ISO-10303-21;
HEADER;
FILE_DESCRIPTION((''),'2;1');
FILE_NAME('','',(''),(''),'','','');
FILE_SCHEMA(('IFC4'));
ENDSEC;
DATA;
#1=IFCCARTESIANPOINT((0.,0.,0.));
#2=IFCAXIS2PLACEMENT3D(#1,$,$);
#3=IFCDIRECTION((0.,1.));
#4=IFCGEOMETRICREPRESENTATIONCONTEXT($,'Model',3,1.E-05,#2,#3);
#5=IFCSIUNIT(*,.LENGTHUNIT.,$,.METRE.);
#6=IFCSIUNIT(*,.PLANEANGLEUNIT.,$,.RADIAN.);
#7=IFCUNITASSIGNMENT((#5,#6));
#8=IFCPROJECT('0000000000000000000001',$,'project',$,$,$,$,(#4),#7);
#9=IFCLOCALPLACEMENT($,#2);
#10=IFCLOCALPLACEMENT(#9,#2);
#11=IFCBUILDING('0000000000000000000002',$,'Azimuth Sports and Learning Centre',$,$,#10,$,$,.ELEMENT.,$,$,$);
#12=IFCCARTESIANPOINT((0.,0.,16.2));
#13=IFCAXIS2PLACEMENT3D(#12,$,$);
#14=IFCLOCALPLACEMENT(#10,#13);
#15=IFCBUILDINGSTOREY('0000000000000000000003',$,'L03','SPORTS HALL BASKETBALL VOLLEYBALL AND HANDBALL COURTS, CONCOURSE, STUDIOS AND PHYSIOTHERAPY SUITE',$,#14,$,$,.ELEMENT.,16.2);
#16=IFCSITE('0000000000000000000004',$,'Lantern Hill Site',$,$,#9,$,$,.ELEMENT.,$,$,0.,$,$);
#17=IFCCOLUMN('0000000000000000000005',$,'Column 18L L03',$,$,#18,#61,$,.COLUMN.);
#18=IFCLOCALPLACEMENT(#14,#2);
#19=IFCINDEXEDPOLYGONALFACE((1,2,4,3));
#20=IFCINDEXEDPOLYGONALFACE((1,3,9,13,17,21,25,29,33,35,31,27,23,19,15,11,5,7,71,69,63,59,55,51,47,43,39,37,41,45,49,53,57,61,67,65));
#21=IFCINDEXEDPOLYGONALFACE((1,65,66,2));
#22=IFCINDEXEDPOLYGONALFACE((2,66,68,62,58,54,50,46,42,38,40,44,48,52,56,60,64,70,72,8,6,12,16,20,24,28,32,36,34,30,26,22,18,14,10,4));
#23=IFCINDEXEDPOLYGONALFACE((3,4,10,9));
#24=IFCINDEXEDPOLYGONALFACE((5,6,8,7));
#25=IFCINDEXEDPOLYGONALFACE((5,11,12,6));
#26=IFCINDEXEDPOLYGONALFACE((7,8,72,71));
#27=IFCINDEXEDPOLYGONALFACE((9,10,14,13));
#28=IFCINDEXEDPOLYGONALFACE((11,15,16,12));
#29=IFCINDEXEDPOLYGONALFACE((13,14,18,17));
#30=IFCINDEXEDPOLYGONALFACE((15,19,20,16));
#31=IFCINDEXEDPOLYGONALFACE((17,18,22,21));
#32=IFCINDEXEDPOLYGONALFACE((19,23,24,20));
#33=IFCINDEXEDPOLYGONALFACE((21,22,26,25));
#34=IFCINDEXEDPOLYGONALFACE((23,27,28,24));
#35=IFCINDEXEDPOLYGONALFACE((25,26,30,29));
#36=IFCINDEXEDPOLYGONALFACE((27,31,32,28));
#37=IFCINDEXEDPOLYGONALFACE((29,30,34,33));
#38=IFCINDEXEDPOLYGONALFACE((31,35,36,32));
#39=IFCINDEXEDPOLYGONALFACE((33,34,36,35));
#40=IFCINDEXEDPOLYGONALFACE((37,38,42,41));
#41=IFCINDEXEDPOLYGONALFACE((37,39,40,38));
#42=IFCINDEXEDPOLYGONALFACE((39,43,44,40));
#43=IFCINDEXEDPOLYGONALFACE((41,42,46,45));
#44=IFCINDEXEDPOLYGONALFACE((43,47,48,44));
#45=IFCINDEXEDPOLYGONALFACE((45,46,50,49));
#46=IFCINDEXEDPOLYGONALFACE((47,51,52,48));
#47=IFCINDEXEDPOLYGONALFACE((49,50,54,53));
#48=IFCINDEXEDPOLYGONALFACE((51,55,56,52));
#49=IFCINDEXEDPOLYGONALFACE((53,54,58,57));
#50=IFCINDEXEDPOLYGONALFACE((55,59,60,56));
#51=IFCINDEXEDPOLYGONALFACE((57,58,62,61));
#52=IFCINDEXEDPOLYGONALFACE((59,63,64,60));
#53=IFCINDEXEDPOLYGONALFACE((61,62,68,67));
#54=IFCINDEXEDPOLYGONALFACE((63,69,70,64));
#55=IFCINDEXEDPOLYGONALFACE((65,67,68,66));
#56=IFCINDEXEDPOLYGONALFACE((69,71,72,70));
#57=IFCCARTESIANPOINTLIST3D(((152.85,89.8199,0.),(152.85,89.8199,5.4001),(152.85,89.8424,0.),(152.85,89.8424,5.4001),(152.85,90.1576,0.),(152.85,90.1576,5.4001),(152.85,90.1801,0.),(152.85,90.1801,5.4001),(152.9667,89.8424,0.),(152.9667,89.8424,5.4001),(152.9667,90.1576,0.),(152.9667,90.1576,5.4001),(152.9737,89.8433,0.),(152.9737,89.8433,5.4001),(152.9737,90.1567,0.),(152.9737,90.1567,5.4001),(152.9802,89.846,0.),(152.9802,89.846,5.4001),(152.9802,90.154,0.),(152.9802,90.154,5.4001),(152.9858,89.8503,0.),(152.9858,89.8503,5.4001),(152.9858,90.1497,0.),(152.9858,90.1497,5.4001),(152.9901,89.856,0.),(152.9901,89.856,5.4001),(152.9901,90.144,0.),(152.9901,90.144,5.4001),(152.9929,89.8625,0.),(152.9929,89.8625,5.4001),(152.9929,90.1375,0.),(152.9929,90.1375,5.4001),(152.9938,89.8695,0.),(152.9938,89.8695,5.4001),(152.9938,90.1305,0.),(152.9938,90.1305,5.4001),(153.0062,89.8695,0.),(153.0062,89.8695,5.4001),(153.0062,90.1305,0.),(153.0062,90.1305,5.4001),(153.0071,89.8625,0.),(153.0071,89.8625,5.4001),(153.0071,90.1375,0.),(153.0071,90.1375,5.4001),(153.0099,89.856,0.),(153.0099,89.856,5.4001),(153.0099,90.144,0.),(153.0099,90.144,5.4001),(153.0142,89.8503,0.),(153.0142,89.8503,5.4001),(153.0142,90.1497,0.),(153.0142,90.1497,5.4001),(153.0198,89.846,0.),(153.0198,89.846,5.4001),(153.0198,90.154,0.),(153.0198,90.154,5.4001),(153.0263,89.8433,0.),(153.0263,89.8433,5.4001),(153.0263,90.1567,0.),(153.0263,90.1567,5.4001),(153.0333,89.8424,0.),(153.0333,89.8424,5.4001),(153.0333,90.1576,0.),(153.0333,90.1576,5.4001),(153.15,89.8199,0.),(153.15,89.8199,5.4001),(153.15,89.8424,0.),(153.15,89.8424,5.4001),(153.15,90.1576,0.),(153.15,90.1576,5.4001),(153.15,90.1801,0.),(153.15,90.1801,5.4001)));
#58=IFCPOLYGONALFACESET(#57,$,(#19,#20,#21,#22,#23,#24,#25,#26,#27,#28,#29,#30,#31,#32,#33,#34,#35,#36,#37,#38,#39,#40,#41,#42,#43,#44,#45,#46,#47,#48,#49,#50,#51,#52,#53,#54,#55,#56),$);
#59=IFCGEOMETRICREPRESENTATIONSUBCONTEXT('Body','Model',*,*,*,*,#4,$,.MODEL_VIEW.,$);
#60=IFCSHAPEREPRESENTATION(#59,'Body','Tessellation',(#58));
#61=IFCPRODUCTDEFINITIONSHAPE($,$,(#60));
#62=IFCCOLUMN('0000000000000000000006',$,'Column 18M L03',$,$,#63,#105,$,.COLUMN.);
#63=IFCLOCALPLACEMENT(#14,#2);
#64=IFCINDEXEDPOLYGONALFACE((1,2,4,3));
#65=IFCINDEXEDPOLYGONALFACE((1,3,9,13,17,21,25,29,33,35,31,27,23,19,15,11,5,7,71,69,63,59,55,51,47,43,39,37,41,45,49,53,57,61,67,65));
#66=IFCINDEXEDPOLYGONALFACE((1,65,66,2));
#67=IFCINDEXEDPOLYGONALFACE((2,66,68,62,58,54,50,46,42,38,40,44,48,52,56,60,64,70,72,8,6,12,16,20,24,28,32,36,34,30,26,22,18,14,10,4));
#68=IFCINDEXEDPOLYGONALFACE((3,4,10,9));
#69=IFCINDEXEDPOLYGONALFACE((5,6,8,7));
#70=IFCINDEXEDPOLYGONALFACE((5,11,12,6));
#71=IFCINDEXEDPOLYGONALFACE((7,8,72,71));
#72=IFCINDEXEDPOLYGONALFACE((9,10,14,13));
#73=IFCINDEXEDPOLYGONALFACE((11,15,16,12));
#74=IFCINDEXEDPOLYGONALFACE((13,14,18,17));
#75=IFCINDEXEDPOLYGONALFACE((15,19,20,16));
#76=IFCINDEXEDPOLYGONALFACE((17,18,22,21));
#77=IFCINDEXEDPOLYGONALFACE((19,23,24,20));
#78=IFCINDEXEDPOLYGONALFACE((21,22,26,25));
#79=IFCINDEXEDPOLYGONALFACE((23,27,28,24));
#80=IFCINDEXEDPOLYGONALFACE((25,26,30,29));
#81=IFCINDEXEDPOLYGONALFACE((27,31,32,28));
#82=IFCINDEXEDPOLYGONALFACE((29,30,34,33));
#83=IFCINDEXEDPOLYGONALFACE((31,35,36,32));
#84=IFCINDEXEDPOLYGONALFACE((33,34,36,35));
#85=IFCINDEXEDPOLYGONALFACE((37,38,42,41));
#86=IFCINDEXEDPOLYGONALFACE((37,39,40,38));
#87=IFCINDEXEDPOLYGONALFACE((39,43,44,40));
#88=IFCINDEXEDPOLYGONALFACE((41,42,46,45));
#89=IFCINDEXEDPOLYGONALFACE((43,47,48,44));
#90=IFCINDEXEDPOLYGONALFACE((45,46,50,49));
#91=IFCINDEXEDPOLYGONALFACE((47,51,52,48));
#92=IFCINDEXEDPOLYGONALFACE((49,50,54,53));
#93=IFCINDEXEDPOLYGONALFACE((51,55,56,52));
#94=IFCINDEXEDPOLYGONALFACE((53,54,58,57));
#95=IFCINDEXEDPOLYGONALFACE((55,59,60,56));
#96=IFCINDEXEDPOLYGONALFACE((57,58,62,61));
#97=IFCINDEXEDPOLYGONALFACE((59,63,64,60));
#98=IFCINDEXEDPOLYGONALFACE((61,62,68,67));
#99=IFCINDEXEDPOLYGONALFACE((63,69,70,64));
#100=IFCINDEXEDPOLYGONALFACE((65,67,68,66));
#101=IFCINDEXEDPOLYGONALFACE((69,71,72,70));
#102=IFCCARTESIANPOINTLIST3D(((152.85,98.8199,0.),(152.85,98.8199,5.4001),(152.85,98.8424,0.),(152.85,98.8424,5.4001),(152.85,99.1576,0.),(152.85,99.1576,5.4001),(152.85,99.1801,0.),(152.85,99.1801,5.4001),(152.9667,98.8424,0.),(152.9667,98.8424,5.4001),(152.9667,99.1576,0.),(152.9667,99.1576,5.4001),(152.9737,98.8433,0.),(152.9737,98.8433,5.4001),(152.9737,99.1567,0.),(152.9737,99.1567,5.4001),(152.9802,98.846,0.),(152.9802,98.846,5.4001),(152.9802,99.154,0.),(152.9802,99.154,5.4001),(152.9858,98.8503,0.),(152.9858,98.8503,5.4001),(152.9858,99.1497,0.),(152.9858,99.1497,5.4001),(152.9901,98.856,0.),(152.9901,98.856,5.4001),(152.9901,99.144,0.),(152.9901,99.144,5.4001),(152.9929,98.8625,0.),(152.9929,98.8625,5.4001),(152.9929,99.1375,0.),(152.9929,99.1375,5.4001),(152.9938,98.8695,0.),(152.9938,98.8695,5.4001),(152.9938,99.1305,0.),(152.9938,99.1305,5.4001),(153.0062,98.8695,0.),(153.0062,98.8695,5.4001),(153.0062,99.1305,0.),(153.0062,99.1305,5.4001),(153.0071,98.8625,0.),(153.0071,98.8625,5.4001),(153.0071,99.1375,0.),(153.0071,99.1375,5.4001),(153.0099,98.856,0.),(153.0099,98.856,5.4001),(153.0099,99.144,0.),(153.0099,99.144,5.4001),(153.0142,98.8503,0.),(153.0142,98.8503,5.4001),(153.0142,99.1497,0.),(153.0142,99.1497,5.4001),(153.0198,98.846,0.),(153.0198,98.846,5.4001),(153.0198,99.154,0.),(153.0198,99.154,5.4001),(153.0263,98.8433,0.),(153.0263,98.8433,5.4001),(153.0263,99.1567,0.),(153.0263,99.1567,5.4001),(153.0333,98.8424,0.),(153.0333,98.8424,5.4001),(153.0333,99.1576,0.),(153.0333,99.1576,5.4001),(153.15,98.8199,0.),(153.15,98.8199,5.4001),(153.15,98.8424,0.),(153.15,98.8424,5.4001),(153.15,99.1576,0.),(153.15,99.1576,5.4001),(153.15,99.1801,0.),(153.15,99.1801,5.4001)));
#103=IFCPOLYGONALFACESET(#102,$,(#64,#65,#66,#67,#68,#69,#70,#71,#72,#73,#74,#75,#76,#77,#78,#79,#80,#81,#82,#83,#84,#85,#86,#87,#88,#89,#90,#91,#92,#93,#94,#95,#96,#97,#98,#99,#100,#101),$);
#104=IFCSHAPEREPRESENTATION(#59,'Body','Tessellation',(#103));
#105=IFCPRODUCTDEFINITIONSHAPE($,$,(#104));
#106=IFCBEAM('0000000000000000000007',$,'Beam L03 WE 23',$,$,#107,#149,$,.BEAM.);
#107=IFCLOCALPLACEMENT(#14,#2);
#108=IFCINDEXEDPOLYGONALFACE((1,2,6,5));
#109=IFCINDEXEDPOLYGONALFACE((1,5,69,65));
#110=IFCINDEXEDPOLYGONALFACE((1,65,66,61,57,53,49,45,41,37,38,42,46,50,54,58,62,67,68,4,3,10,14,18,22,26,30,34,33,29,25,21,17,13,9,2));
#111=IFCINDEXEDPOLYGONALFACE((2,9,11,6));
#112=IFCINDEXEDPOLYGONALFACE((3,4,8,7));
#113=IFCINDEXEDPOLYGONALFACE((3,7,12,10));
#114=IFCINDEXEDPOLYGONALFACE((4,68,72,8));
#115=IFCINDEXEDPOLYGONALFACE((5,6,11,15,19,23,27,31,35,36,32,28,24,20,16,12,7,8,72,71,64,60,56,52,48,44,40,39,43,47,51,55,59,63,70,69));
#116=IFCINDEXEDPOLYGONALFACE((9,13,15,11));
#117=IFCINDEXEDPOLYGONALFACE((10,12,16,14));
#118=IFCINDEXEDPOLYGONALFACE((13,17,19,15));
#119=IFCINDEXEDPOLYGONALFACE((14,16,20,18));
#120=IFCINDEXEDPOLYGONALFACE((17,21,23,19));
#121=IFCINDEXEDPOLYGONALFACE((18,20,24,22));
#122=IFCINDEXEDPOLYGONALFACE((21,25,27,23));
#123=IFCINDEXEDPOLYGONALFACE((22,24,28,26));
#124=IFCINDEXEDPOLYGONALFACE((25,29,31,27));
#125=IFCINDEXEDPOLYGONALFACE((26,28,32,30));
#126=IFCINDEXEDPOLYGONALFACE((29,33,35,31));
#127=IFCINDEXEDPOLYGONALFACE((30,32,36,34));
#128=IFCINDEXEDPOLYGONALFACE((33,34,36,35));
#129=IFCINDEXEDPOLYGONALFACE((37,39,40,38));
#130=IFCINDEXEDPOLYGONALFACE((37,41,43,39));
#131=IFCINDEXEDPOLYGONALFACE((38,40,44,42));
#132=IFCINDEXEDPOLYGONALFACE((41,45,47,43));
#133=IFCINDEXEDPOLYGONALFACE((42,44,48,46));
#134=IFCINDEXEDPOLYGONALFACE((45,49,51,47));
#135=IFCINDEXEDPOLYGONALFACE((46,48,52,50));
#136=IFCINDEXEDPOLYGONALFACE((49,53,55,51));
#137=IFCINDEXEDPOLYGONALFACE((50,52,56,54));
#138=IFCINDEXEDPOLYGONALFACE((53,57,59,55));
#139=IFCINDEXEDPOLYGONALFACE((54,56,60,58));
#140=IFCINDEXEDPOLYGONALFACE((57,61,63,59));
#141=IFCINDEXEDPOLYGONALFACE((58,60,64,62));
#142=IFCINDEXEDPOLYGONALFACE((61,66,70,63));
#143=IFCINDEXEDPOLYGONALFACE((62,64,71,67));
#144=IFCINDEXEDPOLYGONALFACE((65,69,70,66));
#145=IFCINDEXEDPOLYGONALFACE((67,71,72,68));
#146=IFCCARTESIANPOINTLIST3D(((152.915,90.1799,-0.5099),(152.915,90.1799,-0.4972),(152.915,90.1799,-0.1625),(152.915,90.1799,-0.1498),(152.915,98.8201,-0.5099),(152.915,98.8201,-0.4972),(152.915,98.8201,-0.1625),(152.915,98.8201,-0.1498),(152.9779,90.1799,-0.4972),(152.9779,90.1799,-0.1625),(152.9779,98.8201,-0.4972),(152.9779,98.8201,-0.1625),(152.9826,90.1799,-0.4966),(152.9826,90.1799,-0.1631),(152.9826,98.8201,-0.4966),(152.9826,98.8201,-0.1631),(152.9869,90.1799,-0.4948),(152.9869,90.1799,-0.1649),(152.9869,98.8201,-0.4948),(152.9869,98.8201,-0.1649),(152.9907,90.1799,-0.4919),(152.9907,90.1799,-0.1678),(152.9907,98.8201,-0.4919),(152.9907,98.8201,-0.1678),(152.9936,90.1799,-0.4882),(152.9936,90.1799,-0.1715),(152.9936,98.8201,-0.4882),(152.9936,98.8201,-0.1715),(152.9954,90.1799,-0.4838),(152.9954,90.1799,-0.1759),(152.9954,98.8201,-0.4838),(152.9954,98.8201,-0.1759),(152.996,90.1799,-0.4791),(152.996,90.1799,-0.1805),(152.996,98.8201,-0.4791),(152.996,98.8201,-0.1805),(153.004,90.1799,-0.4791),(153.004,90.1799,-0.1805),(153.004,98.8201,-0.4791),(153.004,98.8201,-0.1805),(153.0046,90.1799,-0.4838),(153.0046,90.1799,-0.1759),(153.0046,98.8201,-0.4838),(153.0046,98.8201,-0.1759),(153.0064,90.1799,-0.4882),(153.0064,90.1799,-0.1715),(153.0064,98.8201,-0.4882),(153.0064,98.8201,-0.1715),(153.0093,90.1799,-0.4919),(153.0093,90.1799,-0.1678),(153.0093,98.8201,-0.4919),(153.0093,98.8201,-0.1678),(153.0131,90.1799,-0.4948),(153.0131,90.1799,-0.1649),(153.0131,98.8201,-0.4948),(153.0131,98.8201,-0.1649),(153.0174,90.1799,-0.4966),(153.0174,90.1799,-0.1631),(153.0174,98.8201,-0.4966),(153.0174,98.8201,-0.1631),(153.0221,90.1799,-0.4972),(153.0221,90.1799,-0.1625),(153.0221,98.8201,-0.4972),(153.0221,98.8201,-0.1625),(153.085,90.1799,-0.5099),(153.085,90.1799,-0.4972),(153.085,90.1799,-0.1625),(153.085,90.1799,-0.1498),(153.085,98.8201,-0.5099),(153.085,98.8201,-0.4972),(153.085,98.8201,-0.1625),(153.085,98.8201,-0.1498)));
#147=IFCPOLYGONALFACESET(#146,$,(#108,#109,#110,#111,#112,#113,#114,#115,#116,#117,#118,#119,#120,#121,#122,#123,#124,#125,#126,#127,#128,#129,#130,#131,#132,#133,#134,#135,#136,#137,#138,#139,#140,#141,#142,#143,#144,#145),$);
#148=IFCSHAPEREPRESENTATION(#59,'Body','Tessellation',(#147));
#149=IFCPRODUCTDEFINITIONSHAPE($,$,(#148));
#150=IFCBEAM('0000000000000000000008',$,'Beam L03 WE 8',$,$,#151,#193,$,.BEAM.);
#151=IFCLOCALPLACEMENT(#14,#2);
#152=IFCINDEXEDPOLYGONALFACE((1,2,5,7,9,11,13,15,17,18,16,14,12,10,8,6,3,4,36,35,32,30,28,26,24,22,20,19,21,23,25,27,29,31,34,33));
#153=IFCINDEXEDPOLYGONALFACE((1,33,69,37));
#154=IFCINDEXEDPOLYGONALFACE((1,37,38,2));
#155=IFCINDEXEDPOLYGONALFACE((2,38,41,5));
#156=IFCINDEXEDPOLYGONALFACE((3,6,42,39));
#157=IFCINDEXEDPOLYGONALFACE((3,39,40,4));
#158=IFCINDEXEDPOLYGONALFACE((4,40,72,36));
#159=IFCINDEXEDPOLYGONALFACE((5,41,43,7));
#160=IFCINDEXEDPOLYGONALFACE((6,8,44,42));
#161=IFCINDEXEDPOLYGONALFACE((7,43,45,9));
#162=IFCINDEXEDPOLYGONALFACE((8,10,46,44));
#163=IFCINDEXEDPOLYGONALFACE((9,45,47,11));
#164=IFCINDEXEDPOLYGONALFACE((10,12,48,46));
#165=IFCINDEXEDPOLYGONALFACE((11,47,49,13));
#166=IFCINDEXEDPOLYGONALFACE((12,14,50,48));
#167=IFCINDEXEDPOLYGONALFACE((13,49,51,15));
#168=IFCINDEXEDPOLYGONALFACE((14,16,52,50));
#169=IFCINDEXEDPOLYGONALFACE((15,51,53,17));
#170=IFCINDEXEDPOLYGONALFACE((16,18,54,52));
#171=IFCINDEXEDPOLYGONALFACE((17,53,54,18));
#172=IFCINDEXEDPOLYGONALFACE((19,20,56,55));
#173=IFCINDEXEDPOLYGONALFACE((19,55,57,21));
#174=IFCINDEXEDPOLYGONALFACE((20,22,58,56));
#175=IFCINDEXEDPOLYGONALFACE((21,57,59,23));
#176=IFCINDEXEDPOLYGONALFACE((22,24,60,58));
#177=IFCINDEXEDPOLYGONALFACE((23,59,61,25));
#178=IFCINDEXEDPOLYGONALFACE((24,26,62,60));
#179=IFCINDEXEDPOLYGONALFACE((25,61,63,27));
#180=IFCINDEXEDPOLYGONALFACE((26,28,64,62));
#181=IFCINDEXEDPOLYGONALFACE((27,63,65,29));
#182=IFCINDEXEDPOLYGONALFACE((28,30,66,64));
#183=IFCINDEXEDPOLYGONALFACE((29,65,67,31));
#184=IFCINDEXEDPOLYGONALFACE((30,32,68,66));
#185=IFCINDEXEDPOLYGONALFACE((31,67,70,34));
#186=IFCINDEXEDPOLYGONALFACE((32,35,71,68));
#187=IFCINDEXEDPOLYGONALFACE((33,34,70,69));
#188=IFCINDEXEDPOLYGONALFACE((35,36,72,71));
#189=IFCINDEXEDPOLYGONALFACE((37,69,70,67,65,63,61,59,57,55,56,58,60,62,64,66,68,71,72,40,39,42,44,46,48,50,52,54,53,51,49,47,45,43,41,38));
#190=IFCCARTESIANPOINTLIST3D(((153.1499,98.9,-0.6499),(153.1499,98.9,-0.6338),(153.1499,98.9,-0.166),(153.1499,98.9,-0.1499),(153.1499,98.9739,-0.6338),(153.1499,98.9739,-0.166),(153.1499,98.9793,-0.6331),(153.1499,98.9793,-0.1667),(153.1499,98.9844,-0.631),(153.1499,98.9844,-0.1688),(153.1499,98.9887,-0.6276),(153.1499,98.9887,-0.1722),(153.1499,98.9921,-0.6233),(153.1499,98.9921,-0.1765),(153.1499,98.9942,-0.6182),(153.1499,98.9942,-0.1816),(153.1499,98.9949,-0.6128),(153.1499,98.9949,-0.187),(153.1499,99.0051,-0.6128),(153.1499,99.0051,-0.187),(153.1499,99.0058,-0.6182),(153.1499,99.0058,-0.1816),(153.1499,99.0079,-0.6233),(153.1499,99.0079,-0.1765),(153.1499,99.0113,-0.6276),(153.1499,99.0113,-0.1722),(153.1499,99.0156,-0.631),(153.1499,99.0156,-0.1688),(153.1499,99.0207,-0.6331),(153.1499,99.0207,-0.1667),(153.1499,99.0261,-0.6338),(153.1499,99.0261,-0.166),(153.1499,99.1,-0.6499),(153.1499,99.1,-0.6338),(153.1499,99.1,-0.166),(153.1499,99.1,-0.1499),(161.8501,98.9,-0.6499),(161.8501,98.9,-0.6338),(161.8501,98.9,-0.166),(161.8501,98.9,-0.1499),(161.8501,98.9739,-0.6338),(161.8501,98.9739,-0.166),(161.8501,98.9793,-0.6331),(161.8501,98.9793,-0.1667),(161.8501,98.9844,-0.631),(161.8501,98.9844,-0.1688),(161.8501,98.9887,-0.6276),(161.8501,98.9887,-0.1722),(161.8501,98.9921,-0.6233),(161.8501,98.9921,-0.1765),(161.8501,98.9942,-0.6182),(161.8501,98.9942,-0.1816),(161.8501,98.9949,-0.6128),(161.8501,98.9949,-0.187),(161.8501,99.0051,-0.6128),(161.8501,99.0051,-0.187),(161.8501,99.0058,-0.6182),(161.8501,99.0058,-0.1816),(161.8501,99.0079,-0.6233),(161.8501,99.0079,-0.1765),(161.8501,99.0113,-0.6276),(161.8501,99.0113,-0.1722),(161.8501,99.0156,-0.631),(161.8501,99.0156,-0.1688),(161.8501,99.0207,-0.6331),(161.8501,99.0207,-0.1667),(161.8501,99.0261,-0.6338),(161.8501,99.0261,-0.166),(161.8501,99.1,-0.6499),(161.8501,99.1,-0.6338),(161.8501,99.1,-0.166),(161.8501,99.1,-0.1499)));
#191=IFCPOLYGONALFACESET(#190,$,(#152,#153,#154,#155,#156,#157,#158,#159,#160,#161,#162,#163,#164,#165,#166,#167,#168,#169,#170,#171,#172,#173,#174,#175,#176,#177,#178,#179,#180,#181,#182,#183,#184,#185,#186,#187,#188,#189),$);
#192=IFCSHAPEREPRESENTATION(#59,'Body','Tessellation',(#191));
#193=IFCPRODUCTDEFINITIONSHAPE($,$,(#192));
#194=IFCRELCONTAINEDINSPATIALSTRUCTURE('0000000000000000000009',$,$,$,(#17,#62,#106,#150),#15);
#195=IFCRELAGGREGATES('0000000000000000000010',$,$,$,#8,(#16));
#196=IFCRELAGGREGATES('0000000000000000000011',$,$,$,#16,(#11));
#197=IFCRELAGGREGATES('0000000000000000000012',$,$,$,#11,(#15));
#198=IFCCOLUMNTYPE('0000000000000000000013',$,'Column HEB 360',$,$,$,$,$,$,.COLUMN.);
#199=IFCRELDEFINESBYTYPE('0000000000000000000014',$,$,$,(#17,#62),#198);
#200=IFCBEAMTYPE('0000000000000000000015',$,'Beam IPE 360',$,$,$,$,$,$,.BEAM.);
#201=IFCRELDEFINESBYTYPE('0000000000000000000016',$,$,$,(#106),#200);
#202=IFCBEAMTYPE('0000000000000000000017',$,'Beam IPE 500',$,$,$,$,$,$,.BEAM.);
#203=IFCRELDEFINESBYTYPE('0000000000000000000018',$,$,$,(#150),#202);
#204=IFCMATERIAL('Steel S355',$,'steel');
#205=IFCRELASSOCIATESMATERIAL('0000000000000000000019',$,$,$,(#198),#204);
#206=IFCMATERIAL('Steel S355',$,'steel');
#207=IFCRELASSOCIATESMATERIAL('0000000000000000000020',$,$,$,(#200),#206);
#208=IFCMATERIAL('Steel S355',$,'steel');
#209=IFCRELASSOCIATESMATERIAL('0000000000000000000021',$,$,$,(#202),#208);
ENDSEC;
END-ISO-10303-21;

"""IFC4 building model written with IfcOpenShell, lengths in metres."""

from ifc_helpers import new_model, si_unit, direction, frame, origin, origin_2d, place, context, subcontext, project, spatial, i_section, extrude, material, material_profile, profile_set, type_object, element, save


model = new_model("IFC4")

# Units and contexts
model_context = context("Model", 3, precision=1e-05, world=origin(), true_north=direction((0.0, 1.0)))
body_context = subcontext(model_context, "Body", "Model", "MODEL_VIEW")
ifc_project = project(units=[si_unit("LENGTHUNIT", "METRE"), si_unit("PLANEANGLEUNIT", "RADIAN")], contexts=[model_context])

# Site, building, storey
site_placement = place(None, origin())
site = spatial("IfcSite", under=ifc_project, at=site_placement, Name="Lantern Hill Site", CompositionType="ELEMENT", RefElevation=0.0)
building_placement = place(site_placement, origin())
building = spatial("IfcBuilding", under=site, at=building_placement, Name="Azimuth Sports and Learning Centre", CompositionType="ELEMENT")
storey_placement = place(building_placement, frame((0.0, 0.0, 16.2)))
storey = spatial("IfcBuildingStorey", under=building, at=storey_placement, Name="L03", Description="SPORTS HALL BASKETBALL VOLLEYBALL AND HANDBALL COURTS, CONCOURSE, STUDIOS AND PHYSIOTHERAPY SUITE", CompositionType="ELEMENT", Elevation=16.2)

# Columns
ifc_material_1 = material(Name="Steel S355", Category="steel")
ifc_material_profile_1 = material_profile(ifc_material_1, i_section(OverallWidth=0.3, OverallDepth=0.3601, WebThickness=0.0125, FlangeThickness=0.0225, FilletRadius=0.0271, at=origin_2d()), Name="HEB 360")
ifc_profile_set_1 = profile_set([ifc_material_profile_1], Name="Steel S355")
column_type = type_object("IfcColumnType", Name="Column HEB 360", PredefinedType="COLUMN", material=ifc_profile_set_1)
for number, where, z_axis, x_axis, name in (
    (1, (153.0, 90.0, 0.0), (0.0, 0.0, 1.0), (1.0, 0.0, 0.0), "Column 18L L03"),
    (2, (153.0, 99.0, 0.0), (0.0, 0.0, 1.0), (1.0, 0.0, 0.0), "Column 18M L03"),
):
    element("IfcColumn", number, at=place(storey_placement, frame(where, z_axis=z_axis, x_axis=x_axis)), inside=storey, type_object=column_type, Name=name, PredefinedType="COLUMN", context=body_context, shape_type="SweptSolid", body=[
        extrude(i_section(OverallWidth=0.3, OverallDepth=0.3601, WebThickness=0.0125, FlangeThickness=0.0225, FilletRadius=0.0271, at=origin_2d()), origin(), (0.0, 0.0, 1.0), 5.4001),
    ])

# Beams
ifc_material_2 = material(Name="Steel S355", Category="steel")
ifc_material_profile_2 = material_profile(ifc_material_2, i_section(OverallWidth=0.1699, OverallDepth=0.3601, WebThickness=0.0081, FlangeThickness=0.0127, FilletRadius=0.0181, at=origin_2d()), Name="IPE 360")
ifc_profile_set_2 = profile_set([ifc_material_profile_2], Name="Steel S355")
beam_type_1 = type_object("IfcBeamType", Name="Beam IPE 360", PredefinedType="BEAM", material=ifc_profile_set_2)
beam_1_placement = place(storey_placement, frame((153.0, 90.1799, -0.3298), z_axis=(0.0, 1.0, 0.0), x_axis=(-1.0, 0.0, 0.0)))
element("IfcBeam", 3, at=beam_1_placement, inside=storey, type_object=beam_type_1, Name="Beam L03 WE 23", PredefinedType="BEAM", context=body_context, shape_type="SweptSolid", body=[
    extrude(i_section(OverallWidth=0.1699, OverallDepth=0.3601, WebThickness=0.0081, FlangeThickness=0.0127, FilletRadius=0.0181, at=origin_2d()), origin(), (0.0, 0.0, 1.0), 8.6401),
])
ifc_material_3 = material(Name="Steel S355", Category="steel")
ifc_material_profile_3 = material_profile(ifc_material_3, i_section(OverallWidth=0.2, OverallDepth=0.5, WebThickness=0.0103, FlangeThickness=0.0161, FilletRadius=0.021, at=origin_2d()), Name="IPE 500")
ifc_profile_set_3 = profile_set([ifc_material_profile_3], Name="Steel S355")
beam_type_2 = type_object("IfcBeamType", Name="Beam IPE 500", PredefinedType="BEAM", material=ifc_profile_set_3)
beam_2_placement = place(storey_placement, frame((153.1499, 99.0, -0.3999), z_axis=(1.0, 0.0, 0.0), x_axis=(0.0, 1.0, 0.0)))
element("IfcBeam", 4, at=beam_2_placement, inside=storey, type_object=beam_type_2, Name="Beam L03 WE 8", PredefinedType="BEAM", context=body_context, shape_type="SweptSolid", body=[
    extrude(i_section(OverallWidth=0.2, OverallDepth=0.5, WebThickness=0.0103, FlangeThickness=0.0161, FilletRadius=0.021, at=origin_2d()), origin(), (0.0, 0.0, 1.0), 8.7002),
])

save(model, "model.ifc")
